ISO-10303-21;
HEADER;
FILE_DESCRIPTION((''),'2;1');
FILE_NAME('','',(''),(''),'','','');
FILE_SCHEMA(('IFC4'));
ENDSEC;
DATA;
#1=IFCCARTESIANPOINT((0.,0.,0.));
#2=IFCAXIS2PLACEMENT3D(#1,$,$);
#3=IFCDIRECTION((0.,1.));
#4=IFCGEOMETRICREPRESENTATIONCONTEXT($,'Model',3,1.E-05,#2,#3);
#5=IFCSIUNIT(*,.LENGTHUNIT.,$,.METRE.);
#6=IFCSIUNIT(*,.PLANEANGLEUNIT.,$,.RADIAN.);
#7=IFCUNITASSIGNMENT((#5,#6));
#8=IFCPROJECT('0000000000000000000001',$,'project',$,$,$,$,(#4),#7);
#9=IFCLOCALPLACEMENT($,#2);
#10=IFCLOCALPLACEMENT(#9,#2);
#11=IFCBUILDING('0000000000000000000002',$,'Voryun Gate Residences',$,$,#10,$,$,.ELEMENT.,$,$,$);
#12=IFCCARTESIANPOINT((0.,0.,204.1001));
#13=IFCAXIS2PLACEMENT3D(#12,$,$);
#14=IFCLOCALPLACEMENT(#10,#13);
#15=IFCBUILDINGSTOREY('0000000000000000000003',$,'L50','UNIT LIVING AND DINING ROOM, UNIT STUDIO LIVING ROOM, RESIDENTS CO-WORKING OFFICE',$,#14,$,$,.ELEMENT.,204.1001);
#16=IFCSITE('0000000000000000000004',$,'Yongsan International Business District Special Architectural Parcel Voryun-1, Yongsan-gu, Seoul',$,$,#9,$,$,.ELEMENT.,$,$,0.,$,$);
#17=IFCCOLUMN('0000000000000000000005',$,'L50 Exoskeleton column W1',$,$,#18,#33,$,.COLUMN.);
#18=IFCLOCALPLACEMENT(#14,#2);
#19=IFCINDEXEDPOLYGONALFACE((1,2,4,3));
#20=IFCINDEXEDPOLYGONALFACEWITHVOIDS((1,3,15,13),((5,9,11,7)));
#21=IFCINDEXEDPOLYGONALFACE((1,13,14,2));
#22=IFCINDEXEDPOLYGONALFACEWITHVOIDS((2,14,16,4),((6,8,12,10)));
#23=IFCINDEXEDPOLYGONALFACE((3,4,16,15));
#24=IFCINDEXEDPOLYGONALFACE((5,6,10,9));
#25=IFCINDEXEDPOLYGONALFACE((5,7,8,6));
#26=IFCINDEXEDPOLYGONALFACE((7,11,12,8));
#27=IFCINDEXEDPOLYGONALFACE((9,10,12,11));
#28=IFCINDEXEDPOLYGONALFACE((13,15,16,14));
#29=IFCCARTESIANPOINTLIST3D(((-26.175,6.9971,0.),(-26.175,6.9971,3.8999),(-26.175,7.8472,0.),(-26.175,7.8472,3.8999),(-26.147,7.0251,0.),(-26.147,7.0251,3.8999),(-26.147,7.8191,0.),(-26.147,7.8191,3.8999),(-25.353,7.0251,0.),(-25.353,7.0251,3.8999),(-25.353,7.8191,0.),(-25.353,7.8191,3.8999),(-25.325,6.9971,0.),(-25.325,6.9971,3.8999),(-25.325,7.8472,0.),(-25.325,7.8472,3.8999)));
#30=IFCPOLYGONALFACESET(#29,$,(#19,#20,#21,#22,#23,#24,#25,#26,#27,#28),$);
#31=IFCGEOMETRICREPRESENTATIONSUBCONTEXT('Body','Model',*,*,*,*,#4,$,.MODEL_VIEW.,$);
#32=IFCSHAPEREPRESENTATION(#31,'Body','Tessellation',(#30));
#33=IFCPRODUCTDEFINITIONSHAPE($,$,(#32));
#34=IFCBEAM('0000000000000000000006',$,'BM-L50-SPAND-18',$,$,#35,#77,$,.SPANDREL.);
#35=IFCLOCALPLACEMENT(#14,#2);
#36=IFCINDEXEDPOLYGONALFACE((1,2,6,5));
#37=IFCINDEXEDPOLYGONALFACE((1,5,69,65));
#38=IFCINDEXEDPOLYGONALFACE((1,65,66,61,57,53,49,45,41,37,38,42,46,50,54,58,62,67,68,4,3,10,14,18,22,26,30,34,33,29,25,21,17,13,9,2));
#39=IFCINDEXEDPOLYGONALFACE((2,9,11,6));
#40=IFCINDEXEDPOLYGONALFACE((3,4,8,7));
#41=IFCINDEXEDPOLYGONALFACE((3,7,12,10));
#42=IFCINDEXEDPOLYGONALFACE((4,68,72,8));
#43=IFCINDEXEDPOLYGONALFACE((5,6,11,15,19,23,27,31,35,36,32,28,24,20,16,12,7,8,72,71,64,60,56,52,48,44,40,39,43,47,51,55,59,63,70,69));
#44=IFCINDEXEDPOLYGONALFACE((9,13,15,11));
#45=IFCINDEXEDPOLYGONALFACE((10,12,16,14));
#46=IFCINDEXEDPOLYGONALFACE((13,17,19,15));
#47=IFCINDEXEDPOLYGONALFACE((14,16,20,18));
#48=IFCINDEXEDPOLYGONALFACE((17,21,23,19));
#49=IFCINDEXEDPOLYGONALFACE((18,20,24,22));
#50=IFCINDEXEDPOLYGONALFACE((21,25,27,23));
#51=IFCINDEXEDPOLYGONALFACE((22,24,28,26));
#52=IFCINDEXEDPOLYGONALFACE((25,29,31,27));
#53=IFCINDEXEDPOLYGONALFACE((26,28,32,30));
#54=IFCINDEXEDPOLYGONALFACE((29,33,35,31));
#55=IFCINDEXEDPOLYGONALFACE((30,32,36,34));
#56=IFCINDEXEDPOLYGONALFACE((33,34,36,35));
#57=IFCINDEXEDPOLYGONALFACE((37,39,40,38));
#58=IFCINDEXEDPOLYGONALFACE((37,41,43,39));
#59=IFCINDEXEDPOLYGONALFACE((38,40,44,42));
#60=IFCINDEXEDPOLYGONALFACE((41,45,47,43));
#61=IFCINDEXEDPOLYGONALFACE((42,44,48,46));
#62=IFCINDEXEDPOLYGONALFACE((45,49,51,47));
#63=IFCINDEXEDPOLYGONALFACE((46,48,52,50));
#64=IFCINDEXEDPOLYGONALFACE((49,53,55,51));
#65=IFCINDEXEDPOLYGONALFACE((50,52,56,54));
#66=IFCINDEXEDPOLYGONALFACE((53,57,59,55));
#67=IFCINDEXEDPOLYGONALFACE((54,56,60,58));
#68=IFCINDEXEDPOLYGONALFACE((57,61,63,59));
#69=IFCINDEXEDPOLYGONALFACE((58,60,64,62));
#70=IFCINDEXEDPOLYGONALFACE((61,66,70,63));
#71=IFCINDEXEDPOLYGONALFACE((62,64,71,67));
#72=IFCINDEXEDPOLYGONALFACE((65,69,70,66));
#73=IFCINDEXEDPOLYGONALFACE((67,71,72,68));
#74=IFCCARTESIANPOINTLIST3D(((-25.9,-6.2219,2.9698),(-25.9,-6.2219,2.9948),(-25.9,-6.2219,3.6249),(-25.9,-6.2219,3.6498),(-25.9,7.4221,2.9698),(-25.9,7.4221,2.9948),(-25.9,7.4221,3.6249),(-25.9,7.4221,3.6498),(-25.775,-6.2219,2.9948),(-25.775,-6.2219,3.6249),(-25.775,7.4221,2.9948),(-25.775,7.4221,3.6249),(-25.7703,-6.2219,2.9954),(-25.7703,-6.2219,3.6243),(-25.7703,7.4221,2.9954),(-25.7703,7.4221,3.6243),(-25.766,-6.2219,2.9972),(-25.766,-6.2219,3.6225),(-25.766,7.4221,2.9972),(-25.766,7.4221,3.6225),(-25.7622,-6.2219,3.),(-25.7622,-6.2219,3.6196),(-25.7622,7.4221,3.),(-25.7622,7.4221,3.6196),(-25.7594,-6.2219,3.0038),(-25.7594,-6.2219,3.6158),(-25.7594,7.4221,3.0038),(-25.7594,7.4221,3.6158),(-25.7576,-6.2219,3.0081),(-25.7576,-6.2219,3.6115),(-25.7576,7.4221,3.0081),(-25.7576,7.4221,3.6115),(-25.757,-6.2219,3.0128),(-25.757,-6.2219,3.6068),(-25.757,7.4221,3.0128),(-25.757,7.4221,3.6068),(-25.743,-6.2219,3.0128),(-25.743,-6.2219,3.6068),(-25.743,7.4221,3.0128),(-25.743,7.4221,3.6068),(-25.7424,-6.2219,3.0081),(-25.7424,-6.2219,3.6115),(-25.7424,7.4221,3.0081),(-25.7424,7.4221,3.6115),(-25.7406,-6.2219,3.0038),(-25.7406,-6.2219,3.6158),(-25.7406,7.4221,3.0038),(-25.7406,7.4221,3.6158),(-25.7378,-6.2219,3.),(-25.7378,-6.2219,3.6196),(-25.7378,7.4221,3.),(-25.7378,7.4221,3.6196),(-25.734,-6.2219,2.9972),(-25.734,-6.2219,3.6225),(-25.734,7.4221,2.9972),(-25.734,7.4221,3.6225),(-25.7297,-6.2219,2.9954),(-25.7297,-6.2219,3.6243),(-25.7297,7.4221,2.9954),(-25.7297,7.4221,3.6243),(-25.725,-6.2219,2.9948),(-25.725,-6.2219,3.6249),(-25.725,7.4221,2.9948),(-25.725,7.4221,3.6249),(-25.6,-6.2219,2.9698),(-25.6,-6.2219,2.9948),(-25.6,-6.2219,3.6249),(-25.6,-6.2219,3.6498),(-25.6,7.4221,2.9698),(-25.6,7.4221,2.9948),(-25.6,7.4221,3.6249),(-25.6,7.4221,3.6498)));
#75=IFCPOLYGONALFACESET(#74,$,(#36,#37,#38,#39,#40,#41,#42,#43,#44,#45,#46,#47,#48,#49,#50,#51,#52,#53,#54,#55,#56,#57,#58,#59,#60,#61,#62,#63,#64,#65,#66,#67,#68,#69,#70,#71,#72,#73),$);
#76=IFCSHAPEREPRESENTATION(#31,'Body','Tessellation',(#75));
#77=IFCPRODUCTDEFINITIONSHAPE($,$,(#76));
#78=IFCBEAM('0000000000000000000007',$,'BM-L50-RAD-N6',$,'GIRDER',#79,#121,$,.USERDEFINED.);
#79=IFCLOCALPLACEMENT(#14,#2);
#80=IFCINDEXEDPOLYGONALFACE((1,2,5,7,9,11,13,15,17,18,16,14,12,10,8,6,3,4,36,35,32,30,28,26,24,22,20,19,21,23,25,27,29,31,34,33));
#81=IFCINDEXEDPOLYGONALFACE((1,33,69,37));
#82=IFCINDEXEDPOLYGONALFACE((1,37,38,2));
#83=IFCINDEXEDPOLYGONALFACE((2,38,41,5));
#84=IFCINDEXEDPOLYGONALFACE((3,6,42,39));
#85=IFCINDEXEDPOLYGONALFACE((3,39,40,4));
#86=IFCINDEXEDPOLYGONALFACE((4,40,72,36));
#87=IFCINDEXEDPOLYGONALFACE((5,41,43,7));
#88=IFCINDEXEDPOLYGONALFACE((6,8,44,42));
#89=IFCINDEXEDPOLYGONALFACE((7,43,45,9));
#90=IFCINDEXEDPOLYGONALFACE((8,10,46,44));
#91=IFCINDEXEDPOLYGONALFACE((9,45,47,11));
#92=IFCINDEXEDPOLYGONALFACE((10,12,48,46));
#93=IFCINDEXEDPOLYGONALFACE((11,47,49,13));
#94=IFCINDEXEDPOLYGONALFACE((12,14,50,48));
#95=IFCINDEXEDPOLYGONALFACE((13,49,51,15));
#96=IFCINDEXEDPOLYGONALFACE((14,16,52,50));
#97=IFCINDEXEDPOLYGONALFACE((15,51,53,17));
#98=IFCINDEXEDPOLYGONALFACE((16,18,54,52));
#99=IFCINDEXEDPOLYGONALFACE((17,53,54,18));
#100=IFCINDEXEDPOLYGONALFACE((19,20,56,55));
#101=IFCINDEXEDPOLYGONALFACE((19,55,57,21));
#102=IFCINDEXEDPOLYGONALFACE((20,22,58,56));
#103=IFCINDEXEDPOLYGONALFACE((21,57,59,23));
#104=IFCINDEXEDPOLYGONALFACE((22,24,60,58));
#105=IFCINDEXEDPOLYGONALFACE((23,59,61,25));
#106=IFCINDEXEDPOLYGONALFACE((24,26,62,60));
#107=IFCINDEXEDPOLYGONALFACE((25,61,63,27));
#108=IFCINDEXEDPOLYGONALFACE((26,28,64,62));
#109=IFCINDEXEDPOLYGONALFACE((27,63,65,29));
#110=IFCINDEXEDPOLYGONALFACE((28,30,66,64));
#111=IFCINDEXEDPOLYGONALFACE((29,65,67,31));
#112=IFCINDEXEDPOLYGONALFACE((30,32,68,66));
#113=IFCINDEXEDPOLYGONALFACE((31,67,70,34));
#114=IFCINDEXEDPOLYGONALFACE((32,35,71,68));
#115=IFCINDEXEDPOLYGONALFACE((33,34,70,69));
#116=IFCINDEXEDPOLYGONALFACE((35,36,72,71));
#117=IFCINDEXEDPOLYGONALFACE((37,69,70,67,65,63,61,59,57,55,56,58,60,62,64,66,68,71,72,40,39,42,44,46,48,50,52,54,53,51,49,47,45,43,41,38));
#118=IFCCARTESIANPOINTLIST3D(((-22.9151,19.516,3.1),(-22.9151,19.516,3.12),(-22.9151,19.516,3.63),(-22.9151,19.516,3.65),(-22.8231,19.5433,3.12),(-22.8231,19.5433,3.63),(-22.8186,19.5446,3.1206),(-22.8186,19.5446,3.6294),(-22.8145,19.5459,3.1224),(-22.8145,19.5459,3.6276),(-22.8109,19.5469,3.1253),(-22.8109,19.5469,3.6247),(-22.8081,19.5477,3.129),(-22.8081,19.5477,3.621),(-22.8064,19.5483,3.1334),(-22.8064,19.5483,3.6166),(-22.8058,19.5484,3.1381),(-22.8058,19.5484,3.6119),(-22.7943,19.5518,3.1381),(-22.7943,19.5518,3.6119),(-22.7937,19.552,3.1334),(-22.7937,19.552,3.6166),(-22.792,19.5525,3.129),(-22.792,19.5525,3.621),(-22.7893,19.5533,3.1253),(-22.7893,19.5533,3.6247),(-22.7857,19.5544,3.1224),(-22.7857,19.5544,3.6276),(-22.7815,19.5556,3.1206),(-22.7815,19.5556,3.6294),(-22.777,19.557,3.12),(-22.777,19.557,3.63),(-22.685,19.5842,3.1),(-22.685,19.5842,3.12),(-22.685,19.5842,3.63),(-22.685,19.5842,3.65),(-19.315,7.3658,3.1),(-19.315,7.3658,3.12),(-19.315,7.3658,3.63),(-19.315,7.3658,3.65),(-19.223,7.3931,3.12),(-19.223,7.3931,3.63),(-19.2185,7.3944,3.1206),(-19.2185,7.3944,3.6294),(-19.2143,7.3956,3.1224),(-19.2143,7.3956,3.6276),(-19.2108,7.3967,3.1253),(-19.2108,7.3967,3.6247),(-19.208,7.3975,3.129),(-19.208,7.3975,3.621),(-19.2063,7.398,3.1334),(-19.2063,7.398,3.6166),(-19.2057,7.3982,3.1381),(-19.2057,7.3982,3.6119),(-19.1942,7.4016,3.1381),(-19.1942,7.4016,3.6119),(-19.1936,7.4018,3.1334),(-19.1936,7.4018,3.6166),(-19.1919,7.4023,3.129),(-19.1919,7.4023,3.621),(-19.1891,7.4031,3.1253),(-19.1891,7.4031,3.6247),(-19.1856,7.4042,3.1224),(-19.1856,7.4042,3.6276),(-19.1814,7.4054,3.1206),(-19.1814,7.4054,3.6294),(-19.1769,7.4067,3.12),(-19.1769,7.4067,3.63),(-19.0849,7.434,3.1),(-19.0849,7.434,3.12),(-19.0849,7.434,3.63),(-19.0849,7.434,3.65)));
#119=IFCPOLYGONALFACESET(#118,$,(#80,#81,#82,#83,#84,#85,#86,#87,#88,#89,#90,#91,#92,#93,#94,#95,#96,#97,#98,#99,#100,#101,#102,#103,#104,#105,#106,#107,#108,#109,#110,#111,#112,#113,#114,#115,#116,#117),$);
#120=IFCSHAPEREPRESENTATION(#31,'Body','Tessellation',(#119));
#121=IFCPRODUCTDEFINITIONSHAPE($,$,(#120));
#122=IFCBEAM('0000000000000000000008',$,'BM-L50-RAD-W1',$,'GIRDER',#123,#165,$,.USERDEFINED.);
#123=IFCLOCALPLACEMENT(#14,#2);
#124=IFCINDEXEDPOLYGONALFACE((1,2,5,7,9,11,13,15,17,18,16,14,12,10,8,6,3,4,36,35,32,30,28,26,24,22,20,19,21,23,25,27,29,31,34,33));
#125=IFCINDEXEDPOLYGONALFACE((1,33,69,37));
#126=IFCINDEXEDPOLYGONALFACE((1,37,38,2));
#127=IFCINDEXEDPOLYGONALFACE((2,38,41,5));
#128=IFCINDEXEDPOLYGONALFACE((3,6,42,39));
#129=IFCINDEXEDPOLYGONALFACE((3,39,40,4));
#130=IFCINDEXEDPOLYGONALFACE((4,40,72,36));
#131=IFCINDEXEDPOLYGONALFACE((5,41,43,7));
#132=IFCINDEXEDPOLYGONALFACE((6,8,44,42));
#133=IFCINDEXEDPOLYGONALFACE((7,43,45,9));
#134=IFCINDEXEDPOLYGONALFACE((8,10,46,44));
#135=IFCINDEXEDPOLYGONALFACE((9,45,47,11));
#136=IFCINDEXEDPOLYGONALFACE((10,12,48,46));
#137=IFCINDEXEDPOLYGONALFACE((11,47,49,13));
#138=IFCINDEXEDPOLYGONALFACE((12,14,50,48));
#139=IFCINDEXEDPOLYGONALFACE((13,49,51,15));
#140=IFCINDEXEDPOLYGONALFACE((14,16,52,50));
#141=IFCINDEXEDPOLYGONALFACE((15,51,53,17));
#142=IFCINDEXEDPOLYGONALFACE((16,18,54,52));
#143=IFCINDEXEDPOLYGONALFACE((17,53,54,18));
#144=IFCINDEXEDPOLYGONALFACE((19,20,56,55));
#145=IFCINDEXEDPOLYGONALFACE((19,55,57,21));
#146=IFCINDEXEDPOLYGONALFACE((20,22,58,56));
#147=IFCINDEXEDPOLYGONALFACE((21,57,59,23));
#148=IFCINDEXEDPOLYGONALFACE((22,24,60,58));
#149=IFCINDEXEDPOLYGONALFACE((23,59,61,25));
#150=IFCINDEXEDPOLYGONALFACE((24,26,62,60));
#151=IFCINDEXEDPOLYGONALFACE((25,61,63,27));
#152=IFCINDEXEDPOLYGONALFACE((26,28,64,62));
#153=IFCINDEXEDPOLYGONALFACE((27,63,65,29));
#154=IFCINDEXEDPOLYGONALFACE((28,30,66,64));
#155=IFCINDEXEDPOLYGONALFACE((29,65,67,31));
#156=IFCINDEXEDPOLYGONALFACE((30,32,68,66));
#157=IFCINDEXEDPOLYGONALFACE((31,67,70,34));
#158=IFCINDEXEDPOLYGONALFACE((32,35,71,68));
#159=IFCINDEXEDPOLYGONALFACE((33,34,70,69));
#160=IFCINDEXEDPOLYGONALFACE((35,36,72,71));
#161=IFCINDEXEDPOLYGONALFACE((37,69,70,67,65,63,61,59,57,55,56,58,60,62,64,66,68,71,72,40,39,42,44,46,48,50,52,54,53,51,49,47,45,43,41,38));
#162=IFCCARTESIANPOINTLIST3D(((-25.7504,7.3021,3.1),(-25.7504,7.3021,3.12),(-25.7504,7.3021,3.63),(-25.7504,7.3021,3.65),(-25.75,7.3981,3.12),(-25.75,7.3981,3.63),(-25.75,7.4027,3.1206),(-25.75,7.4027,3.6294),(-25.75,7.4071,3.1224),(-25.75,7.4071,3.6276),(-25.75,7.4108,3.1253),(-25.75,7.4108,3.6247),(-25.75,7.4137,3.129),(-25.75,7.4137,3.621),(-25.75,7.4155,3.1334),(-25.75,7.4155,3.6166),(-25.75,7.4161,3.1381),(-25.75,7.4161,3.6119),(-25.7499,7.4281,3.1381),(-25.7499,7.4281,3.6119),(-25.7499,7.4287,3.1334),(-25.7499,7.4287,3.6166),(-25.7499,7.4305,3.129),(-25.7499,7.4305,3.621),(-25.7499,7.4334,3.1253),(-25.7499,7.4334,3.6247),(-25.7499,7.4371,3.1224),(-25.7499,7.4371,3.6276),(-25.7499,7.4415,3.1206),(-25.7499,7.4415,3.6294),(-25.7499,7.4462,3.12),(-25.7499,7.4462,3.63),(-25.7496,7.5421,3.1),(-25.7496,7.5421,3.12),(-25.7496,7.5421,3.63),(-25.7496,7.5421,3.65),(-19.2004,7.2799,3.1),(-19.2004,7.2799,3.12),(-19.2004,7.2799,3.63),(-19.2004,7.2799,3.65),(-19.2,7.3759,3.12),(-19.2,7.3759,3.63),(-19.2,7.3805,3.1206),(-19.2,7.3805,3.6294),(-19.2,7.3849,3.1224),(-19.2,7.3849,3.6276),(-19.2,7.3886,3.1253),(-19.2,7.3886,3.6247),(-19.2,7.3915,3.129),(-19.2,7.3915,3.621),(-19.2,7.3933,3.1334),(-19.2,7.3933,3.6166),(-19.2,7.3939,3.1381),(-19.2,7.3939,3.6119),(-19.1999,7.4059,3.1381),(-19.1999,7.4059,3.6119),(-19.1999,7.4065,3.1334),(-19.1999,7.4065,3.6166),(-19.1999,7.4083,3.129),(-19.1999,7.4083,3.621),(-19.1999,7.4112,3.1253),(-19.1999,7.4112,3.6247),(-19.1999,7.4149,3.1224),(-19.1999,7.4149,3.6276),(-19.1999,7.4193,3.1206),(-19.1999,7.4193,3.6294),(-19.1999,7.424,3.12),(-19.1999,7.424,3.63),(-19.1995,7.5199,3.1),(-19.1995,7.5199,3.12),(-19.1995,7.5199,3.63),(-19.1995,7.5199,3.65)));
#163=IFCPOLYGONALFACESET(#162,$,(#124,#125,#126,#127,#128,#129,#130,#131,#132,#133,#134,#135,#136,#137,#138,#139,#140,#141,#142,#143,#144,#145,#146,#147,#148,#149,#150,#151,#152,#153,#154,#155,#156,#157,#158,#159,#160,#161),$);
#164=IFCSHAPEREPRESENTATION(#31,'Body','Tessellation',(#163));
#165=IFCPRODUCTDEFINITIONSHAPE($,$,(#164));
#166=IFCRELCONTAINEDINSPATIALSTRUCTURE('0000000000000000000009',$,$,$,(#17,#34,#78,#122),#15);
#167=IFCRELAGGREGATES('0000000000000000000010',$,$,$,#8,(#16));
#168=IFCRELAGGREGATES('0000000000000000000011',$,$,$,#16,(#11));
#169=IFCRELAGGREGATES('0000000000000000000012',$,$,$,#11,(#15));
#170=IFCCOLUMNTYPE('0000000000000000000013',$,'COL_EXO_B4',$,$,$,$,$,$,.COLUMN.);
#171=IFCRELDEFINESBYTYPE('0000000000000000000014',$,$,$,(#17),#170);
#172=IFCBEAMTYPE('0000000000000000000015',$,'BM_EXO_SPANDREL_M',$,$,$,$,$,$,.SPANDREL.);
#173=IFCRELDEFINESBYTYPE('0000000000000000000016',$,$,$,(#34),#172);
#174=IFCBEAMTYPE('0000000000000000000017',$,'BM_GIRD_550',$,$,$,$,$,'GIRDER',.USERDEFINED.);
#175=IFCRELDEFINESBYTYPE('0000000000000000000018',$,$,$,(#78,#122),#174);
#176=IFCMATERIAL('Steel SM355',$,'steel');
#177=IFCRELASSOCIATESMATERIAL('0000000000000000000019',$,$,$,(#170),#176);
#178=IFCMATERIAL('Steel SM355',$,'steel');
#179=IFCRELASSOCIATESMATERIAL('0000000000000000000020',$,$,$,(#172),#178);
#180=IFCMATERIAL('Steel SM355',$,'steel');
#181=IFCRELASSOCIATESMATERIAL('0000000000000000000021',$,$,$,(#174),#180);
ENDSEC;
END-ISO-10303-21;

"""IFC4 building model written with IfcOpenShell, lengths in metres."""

from ifc_helpers import new_model, si_unit, direction, frame, origin, origin_2d, place, context, subcontext, project, spatial, hollow_rectangle, i_section, extrude, material, material_profile, profile_set, type_object, element, save


model = new_model("IFC4")

# Units and contexts
model_context = context("Model", 3, precision=1e-05, world=origin(), true_north=direction((0.0, 1.0)))
body_context = subcontext(model_context, "Body", "Model", "MODEL_VIEW")
ifc_project = project(units=[si_unit("LENGTHUNIT", "METRE"), si_unit("PLANEANGLEUNIT", "RADIAN")], contexts=[model_context])

# Site, building, storey
site_placement = place(None, origin())
site = spatial("IfcSite", under=ifc_project, at=site_placement, Name="Yongsan International Business District Special Architectural Parcel Voryun-1, Yongsan-gu, Seoul", CompositionType="ELEMENT", RefElevation=0.0)
building_placement = place(site_placement, origin())
building = spatial("IfcBuilding", under=site, at=building_placement, Name="Voryun Gate Residences", CompositionType="ELEMENT")
storey_placement = place(building_placement, frame((0.0, 0.0, 204.1001)))
storey = spatial("IfcBuildingStorey", under=building, at=storey_placement, Name="L50", Description="UNIT LIVING AND DINING ROOM, UNIT STUDIO LIVING ROOM, RESIDENTS CO-WORKING OFFICE", CompositionType="ELEMENT", Elevation=204.1001)

# Column
ifc_material_1 = material(Name="Steel SM355", Category="steel")
ifc_material_profile_1 = material_profile(ifc_material_1, hollow_rectangle(XDim=0.8501, YDim=0.8501, WallThickness=0.0281, at=origin_2d()), Name="BOX-850x850x28")
ifc_profile_set_1 = profile_set([ifc_material_profile_1], Name="Steel SM355")
column_type = type_object("IfcColumnType", Name="COL_EXO_B4", PredefinedType="COLUMN", material=ifc_profile_set_1)
column_placement = place(storey_placement, frame((-25.75, 7.4221, 0.0), z_axis=(0.0, 0.0, 1.0), x_axis=(1.0, 0.0, 0.0)))
element("IfcColumn", 1, at=column_placement, inside=storey, type_object=column_type, Name="L50 Exoskeleton column W1", PredefinedType="COLUMN", context=body_context, shape_type="SweptSolid", body=[
    extrude(hollow_rectangle(XDim=0.8501, YDim=0.8501, WallThickness=0.0281, at=origin_2d()), origin(), (0.0, 0.0, 1.0), 3.8999),
])

# Beams
ifc_material_2 = material(Name="Steel SM355", Category="steel")
ifc_material_profile_2 = material_profile(ifc_material_2, i_section(OverallWidth=0.3, OverallDepth=0.6799, WebThickness=0.0139, FlangeThickness=0.0249, FilletRadius=0.0181, at=origin_2d()), Name="H-680x300x14x25")
ifc_profile_set_2 = profile_set([ifc_material_profile_2], Name="Steel SM355")
beam_type_1 = type_object("IfcBeamType", Name="BM_EXO_SPANDREL_M", PredefinedType="SPANDREL", material=ifc_profile_set_2)
beam_1_placement = place(storey_placement, frame((-25.75, 7.4221, 3.3098), z_axis=(0.0, -1.0, 0.0), x_axis=(1.0, 0.0, 0.0)))
element("IfcBeam", 2, at=beam_1_placement, inside=storey, type_object=beam_type_1, Name="BM-L50-SPAND-18", PredefinedType="SPANDREL", context=body_context, shape_type="SweptSolid", body=[
    extrude(i_section(OverallWidth=0.3, OverallDepth=0.6799, WebThickness=0.0139, FlangeThickness=0.0249, FilletRadius=0.0181, at=origin_2d()), origin(), (0.0, 0.0, 1.0), 13.644),
])
ifc_material_3 = material(Name="Steel SM355", Category="steel")
ifc_material_profile_3 = material_profile(ifc_material_3, i_section(OverallWidth=0.24, OverallDepth=0.55, WebThickness=0.012, FlangeThickness=0.02, FilletRadius=0.0181, at=origin_2d()), Name="H-550x240x12x20")
ifc_profile_set_3 = profile_set([ifc_material_profile_3], Name="Steel SM355")
beam_type_2 = type_object("IfcBeamType", Name="BM_GIRD_550", ElementType="GIRDER", PredefinedType="USERDEFINED", material=ifc_profile_set_3)
beam_2_placement = place(storey_placement, frame((-19.2, 7.3999, 3.375), z_axis=(-0.284092, 0.958797, 0.0), x_axis=(-0.958797, -0.284092, 0.0)))
element("IfcBeam", 3, at=beam_2_placement, inside=storey, type_object=beam_type_2, Name="BM-L50-RAD-N6", ObjectType="GIRDER", PredefinedType="USERDEFINED", context=body_context, shape_type="SweptSolid", body=[
    extrude(i_section(OverallWidth=0.24, OverallDepth=0.55, WebThickness=0.012, FlangeThickness=0.02, FilletRadius=0.0181, at=origin_2d()), origin(), (0.0, 0.0, 1.0), 12.6724),
])
beam_3_placement = place(storey_placement, frame((-19.2, 7.3999, 3.375), z_axis=(-0.999994, 0.003392, 0.0), x_axis=(-0.003392, -0.999994, 0.0)))
element("IfcBeam", 4, at=beam_3_placement, inside=storey, type_object=beam_type_2, Name="BM-L50-RAD-W1", ObjectType="GIRDER", PredefinedType="USERDEFINED", context=body_context, shape_type="SweptSolid", body=[
    extrude(i_section(OverallWidth=0.24, OverallDepth=0.55, WebThickness=0.012, FlangeThickness=0.02, FilletRadius=0.0181, at=origin_2d()), origin(), (0.0, 0.0, 1.0), 6.55),
])

save(model, "model.ifc")
